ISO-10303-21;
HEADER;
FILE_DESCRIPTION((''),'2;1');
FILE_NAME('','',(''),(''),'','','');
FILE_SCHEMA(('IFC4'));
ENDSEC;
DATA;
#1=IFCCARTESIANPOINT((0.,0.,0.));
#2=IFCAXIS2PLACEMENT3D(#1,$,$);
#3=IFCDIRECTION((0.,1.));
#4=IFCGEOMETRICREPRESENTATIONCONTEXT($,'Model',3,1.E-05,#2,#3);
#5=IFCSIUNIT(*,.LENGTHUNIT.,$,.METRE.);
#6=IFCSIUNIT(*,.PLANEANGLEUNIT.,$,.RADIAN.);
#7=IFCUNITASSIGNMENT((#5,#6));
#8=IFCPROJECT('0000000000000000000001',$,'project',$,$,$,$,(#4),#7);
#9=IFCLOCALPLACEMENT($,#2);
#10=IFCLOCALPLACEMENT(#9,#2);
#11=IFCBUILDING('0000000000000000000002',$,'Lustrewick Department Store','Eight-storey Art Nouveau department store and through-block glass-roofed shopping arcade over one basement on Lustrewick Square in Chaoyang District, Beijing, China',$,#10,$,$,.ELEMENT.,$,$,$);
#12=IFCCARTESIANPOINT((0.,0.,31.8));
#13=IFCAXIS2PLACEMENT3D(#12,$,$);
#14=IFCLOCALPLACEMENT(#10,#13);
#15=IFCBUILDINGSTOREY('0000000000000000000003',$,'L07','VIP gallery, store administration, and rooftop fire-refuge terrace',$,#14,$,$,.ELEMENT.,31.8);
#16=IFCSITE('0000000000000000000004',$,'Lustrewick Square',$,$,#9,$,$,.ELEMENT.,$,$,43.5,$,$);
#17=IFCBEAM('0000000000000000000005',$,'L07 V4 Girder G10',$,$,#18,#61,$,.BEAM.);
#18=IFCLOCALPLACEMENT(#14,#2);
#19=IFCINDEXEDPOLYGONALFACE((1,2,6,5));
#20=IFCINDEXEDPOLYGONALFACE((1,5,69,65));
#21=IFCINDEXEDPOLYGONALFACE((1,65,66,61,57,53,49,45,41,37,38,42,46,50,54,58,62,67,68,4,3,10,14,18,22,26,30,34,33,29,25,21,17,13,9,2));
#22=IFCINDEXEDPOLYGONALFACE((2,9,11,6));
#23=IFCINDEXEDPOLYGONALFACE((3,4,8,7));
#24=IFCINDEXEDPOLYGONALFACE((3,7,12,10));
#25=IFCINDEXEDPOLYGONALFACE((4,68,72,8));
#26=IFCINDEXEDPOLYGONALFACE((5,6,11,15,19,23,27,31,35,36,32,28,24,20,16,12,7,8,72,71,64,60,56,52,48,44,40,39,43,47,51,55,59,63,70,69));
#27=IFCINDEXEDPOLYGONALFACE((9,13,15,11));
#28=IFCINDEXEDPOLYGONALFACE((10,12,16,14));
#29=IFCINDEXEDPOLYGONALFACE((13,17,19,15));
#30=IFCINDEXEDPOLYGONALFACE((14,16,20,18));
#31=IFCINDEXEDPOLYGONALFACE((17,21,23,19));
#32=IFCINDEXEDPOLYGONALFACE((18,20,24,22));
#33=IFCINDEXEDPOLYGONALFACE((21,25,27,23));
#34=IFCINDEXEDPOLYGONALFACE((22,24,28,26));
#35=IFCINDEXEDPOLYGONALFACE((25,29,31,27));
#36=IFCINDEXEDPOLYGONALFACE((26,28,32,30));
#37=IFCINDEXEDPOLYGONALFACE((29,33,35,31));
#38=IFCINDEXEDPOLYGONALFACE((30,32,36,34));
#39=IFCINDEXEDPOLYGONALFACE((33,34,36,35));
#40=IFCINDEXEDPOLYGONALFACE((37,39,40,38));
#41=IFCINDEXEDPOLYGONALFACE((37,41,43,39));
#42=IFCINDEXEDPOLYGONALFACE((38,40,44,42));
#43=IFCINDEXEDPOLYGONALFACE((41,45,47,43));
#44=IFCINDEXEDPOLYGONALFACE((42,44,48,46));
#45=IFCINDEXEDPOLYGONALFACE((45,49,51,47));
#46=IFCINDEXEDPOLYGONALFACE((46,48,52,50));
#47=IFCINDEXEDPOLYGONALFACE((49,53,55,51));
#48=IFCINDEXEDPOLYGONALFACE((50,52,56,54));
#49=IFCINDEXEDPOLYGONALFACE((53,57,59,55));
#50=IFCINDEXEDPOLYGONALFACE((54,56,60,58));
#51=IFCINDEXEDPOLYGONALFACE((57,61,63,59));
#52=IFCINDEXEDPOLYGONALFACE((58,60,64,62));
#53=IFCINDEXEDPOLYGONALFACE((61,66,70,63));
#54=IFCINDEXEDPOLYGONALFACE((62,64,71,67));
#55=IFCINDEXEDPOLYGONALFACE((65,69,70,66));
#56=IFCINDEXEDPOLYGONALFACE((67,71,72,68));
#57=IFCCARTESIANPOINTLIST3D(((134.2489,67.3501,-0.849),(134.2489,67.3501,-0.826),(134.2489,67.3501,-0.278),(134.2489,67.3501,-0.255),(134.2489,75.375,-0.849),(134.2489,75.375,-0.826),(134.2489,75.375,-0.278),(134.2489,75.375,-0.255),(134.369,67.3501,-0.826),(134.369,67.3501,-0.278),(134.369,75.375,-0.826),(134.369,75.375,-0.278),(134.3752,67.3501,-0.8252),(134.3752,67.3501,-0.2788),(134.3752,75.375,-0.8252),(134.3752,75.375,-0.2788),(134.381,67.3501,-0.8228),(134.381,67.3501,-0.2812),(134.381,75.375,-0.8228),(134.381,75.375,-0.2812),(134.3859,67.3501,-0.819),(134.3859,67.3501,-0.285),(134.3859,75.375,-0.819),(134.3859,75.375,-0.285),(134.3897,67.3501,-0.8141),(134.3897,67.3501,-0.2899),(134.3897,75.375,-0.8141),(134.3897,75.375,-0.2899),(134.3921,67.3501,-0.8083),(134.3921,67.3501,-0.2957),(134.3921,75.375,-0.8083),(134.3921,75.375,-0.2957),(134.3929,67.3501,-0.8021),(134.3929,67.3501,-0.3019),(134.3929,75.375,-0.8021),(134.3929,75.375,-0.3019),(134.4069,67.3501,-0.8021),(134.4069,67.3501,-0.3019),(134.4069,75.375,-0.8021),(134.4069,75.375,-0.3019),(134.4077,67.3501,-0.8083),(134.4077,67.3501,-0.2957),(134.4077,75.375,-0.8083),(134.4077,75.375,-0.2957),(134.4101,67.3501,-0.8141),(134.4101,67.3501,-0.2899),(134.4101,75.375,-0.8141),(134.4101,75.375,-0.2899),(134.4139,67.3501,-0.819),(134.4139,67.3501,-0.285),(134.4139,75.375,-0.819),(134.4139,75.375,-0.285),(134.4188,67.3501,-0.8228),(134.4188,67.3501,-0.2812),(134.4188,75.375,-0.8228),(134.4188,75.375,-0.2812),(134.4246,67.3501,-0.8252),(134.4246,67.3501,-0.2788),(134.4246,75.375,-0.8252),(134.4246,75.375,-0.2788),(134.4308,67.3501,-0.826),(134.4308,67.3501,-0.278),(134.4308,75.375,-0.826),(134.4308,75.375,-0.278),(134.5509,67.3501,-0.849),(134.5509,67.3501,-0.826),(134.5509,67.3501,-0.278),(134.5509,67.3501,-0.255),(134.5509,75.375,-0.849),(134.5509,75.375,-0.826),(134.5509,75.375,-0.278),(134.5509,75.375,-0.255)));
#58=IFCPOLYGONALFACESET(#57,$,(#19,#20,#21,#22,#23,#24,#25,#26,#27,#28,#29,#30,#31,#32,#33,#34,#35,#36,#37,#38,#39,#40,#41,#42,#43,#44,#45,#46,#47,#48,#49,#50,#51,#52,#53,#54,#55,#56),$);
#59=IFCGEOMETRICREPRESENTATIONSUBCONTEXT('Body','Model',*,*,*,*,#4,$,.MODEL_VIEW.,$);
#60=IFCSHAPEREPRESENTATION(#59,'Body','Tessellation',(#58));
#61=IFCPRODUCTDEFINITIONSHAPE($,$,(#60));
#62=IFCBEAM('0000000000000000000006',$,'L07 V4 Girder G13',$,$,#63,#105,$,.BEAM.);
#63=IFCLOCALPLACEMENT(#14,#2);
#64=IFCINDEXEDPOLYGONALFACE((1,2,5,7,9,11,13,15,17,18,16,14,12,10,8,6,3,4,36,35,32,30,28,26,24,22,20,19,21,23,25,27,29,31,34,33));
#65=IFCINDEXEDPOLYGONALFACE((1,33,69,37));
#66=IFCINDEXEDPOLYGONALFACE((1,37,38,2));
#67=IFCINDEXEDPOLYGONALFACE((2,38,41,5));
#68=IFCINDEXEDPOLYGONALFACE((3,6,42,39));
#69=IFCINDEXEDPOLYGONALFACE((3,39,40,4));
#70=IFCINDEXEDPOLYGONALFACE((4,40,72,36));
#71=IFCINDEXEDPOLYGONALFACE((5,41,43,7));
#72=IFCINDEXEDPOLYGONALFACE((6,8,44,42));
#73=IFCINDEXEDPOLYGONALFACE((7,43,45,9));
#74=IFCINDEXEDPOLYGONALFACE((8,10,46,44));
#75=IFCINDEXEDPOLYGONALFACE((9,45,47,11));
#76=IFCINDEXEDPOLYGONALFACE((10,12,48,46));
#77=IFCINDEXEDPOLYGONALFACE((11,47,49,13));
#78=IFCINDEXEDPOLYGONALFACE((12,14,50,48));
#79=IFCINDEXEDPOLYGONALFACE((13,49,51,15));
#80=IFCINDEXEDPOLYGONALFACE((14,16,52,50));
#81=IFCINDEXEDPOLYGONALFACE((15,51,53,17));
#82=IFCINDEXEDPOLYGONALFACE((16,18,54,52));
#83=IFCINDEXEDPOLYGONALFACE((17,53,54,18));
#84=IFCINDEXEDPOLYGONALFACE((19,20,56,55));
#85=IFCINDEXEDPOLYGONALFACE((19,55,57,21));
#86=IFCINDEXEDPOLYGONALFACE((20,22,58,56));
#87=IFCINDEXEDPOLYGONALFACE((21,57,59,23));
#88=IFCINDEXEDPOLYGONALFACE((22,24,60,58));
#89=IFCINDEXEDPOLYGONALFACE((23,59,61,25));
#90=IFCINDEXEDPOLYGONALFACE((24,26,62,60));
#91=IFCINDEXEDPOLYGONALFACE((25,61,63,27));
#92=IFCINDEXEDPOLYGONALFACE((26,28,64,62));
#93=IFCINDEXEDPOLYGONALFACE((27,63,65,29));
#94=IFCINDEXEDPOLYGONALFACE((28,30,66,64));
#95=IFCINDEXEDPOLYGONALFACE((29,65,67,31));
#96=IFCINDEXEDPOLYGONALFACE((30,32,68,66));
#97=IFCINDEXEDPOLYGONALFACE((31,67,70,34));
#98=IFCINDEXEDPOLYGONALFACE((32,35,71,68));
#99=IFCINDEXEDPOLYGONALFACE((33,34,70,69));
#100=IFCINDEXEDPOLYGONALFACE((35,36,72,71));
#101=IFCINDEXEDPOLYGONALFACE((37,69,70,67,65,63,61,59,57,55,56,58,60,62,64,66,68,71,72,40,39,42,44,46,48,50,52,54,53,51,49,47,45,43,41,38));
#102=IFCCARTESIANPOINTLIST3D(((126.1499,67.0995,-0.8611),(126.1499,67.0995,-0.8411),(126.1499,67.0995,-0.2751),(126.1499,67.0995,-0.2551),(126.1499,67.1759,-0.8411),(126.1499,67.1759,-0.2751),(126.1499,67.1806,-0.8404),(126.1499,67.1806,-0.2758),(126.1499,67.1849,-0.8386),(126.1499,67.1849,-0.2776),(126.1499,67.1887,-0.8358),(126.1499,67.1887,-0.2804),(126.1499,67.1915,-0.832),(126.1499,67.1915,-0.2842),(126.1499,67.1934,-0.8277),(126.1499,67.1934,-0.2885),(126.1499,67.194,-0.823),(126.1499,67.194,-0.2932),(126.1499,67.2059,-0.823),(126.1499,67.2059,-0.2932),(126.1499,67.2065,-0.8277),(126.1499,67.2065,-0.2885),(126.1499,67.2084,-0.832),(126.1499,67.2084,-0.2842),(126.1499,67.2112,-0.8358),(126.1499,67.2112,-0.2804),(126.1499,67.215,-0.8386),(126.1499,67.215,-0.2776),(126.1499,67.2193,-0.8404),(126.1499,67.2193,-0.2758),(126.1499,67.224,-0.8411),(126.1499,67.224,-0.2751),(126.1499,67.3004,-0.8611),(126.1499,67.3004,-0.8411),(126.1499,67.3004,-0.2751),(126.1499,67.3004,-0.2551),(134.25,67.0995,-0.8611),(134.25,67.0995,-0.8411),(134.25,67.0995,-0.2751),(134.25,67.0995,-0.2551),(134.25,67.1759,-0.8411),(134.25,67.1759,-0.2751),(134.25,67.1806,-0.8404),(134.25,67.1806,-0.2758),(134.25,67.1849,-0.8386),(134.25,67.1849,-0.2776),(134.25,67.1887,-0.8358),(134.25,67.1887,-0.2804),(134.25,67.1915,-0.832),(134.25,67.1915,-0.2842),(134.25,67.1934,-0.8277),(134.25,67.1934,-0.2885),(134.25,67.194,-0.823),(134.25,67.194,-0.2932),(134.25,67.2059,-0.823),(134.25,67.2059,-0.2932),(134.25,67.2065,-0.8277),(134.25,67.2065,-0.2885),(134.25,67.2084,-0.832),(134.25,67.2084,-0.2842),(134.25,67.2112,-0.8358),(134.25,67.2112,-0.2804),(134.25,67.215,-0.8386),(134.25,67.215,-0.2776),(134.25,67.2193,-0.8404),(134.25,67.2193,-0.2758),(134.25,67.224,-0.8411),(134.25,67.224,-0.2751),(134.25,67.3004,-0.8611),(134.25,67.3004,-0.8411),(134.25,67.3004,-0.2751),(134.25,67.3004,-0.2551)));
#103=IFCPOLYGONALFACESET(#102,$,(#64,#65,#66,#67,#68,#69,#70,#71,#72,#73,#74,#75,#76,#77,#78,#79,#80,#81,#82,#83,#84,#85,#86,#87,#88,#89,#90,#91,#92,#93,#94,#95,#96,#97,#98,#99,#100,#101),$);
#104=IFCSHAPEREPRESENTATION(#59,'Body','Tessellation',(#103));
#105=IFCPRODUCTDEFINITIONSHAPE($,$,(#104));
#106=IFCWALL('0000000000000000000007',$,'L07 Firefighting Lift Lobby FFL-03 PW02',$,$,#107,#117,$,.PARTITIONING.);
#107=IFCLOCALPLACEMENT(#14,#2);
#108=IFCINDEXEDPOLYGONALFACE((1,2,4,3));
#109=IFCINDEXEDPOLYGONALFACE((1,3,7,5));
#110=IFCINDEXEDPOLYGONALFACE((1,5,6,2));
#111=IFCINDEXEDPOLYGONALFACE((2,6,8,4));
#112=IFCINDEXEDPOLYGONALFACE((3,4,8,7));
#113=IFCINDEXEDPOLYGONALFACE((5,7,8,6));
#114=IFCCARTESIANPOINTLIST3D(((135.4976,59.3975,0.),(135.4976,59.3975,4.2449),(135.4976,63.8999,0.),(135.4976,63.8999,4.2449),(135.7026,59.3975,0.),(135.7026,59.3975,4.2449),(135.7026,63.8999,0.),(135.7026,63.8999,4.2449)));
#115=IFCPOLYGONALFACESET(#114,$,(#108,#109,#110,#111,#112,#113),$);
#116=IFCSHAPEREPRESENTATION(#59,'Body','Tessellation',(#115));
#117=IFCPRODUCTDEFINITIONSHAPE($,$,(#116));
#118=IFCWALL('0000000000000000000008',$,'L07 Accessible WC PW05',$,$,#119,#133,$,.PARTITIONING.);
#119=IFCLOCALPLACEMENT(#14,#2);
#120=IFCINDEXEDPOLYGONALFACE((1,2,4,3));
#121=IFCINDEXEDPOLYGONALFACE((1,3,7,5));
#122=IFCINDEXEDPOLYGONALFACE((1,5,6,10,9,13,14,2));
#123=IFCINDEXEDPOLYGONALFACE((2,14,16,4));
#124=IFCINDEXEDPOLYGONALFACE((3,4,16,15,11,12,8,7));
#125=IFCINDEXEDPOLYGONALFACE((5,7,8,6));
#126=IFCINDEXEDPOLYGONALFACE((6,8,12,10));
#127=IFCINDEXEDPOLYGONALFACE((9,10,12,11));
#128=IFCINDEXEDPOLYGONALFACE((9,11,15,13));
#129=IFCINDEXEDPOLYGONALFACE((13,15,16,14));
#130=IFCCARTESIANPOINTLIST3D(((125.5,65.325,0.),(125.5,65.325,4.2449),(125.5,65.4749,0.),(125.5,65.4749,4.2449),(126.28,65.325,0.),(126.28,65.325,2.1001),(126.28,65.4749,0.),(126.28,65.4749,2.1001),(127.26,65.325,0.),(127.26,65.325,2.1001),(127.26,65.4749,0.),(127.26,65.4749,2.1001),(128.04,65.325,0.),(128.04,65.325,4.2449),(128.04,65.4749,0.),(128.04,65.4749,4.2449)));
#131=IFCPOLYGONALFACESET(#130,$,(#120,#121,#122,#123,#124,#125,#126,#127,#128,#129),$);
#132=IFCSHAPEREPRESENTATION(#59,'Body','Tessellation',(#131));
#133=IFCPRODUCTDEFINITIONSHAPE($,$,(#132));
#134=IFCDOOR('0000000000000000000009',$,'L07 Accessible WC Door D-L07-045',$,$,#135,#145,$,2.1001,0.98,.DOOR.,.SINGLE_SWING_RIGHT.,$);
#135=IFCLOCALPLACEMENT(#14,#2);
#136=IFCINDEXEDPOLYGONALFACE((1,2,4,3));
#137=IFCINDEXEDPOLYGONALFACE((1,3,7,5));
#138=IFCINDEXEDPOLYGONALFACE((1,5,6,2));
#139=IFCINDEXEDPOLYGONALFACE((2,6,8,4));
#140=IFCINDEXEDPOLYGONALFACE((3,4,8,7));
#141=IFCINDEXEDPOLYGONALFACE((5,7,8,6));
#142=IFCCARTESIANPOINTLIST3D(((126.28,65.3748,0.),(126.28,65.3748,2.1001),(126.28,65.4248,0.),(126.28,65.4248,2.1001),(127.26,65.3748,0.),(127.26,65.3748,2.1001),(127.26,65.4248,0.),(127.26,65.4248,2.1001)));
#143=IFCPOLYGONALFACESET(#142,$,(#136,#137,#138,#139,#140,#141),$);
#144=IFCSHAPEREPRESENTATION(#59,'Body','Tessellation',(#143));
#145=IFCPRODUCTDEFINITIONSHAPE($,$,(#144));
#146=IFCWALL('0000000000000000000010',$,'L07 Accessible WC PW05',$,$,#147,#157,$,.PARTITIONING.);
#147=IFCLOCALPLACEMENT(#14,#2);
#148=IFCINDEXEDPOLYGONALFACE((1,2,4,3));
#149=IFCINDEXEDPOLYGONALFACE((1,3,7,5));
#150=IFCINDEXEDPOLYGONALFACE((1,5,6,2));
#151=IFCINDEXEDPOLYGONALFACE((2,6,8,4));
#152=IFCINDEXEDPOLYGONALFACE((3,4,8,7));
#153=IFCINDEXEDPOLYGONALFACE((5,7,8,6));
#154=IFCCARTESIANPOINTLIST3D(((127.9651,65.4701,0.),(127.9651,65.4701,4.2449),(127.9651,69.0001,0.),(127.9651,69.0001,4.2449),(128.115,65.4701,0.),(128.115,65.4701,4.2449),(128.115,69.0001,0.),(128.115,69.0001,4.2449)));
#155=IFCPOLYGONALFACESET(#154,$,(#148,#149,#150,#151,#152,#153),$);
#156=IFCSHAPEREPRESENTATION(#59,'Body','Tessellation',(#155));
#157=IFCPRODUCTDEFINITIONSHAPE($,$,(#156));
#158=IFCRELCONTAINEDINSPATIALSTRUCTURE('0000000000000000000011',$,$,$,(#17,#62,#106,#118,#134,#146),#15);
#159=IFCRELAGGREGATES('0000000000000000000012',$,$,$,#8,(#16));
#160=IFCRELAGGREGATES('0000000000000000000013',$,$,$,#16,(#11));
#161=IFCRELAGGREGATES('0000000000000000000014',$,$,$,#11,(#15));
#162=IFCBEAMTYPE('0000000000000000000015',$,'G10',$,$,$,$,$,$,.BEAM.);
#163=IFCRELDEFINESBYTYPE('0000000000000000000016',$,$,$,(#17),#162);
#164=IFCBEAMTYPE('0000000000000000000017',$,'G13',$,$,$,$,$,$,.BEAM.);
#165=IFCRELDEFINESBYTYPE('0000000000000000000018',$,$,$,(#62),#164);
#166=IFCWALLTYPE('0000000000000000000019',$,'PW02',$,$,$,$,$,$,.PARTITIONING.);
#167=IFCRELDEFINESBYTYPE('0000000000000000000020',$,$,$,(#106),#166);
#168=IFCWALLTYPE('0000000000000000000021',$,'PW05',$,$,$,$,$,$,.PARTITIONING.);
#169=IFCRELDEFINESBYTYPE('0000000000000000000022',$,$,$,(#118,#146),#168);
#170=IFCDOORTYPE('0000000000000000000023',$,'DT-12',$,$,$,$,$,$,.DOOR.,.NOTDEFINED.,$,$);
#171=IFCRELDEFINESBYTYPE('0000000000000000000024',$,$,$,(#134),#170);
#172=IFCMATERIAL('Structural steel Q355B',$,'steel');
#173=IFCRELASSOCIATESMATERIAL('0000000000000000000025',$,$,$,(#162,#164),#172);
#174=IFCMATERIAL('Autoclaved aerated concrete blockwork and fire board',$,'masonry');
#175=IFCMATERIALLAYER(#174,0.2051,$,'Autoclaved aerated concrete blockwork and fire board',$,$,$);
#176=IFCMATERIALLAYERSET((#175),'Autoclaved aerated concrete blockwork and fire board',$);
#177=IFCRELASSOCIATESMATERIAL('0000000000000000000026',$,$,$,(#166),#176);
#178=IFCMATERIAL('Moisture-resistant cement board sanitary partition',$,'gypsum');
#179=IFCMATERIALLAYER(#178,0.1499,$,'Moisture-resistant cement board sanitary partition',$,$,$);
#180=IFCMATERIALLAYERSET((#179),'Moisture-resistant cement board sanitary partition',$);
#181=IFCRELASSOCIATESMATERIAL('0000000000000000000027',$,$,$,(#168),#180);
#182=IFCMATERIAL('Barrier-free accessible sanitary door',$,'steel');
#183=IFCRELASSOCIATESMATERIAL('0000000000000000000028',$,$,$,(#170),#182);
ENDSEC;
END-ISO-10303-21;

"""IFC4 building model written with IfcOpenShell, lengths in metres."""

from ifc_helpers import new_model, si_unit, direction, frame, frame_2d, origin, origin_2d, place, context, subcontext, project, spatial, rectangle, i_section, extrude, material, layer, layer_set, material_profile, profile_set, type_object, element, fill, save


model = new_model("IFC4")

# Units and contexts
model_context = context("Model", 3, precision=1e-05, world=origin(), true_north=direction((0.0, 1.0)))
body_context = subcontext(model_context, "Body", "Model", "MODEL_VIEW")
ifc_project = project(units=[si_unit("LENGTHUNIT", "METRE"), si_unit("PLANEANGLEUNIT", "RADIAN")], contexts=[model_context])

# Site, building, storey
site_placement = place(None, origin())
site = spatial("IfcSite", under=ifc_project, at=site_placement, Name="Lustrewick Square", CompositionType="ELEMENT", RefElevation=43.5)
building_placement = place(site_placement, origin())
building = spatial("IfcBuilding", under=site, at=building_placement, Name="Lustrewick Department Store", Description="Eight-storey Art Nouveau department store and through-block glass-roofed shopping arcade over one basement on Lustrewick Square in Chaoyang District, Beijing, China", CompositionType="ELEMENT")
storey_placement = place(building_placement, frame((0.0, 0.0, 31.8)))
storey = spatial("IfcBuildingStorey", under=building, at=storey_placement, Name="L07", Description="VIP gallery, store administration, and rooftop fire-refuge terrace", CompositionType="ELEMENT", Elevation=31.8)

# Shared definitions
ifc_material_1 = material(Name="Structural steel Q355B", Category="steel")

# Beams
ifc_material_profile_1 = material_profile(ifc_material_1, i_section(OverallWidth=0.302, OverallDepth=0.594, WebThickness=0.0139, FlangeThickness=0.0229, FilletRadius=0.0239, at=origin_2d()), Name="HM 594x302x14x23")
ifc_profile_set_1 = profile_set([ifc_material_profile_1], Name="Structural steel Q355B")
beam_type_1 = type_object("IfcBeamType", Name="G10", PredefinedType="BEAM", material=ifc_profile_set_1)
beam_1_placement = place(storey_placement, frame((134.3999, 67.3501, -0.552), z_axis=(0.0, 1.0, 0.0), x_axis=(-1.0, 0.0, 0.0)))
element("IfcBeam", 1, at=beam_1_placement, inside=storey, type_object=beam_type_1, Name="L07 V4 Girder G10", PredefinedType="BEAM", context=body_context, shape_type="SweptSolid", body=[
    extrude(i_section(OverallWidth=0.302, OverallDepth=0.594, WebThickness=0.0139, FlangeThickness=0.0229, FilletRadius=0.0239, at=origin_2d()), origin(), (0.0, 0.0, 1.0), 8.0249),
])
ifc_material_profile_2 = material_profile(ifc_material_1, i_section(OverallWidth=0.2009, OverallDepth=0.606, WebThickness=0.012, FlangeThickness=0.02, FilletRadius=0.0181, at=origin_2d()), Name="HN 606x201x12x20")
ifc_profile_set_2 = profile_set([ifc_material_profile_2], Name="Structural steel Q355B")
beam_type_2 = type_object("IfcBeamType", Name="G13", PredefinedType="BEAM", material=ifc_profile_set_2)
beam_2_placement = place(storey_placement, frame((126.1499, 67.2, -0.5581), z_axis=(1.0, 0.0, 0.0), x_axis=(0.0, 1.0, 0.0)))
element("IfcBeam", 2, at=beam_2_placement, inside=storey, type_object=beam_type_2, Name="L07 V4 Girder G13", PredefinedType="BEAM", context=body_context, shape_type="SweptSolid", body=[
    extrude(i_section(OverallWidth=0.2009, OverallDepth=0.606, WebThickness=0.012, FlangeThickness=0.02, FilletRadius=0.0181, at=origin_2d()), origin(), (0.0, 0.0, 1.0), 8.1001),
])

# Shared definitions
ifc_material_2 = material(Name="Autoclaved aerated concrete blockwork and fire board", Category="masonry")
ifc_layer_1 = layer(ifc_material_2, 0.2051, Name="Autoclaved aerated concrete blockwork and fire board")
ifc_layer_set_1 = layer_set([ifc_layer_1], Name="Autoclaved aerated concrete blockwork and fire board")
wall_type_1 = type_object("IfcWallType", Name="PW02", PredefinedType="PARTITIONING", material=ifc_layer_set_1)

# Wall
wall_1_placement = place(storey_placement, frame((135.6001, 63.8999, 0.0), z_axis=(0.0, 0.0, 1.0), x_axis=(0.0, -1.0, 0.0)))
element("IfcWall", 3, at=wall_1_placement, inside=storey, type_object=wall_type_1, Name="L07 Firefighting Lift Lobby FFL-03 PW02", PredefinedType="PARTITIONING", context=body_context, shape_type="SweptSolid", body=[
    extrude(rectangle(XDim=4.5024, YDim=0.2051, at=frame_2d((2.2512, 0.0))), origin(), (0.0, 0.0, 1.0), 4.2449),
])

# Wall, opening, door
ifc_material_3 = material(Name="Moisture-resistant cement board sanitary partition", Category="gypsum")
ifc_layer_2 = layer(ifc_material_3, 0.1499, Name="Moisture-resistant cement board sanitary partition")
ifc_layer_set_2 = layer_set([ifc_layer_2], Name="Moisture-resistant cement board sanitary partition")
wall_type_2 = type_object("IfcWallType", Name="PW05", PredefinedType="PARTITIONING", material=ifc_layer_set_2)
wall_2_placement = place(storey_placement, frame((125.5, 65.3999, 0.0), z_axis=(0.0, 0.0, 1.0), x_axis=(1.0, 0.0, 0.0)))
wall_2 = element("IfcWall", 4, at=wall_2_placement, inside=storey, type_object=wall_type_2, Name="L07 Accessible WC PW05", PredefinedType="PARTITIONING", context=body_context, shape_type="SweptSolid", body=[
    extrude(rectangle(XDim=2.54, YDim=0.1499, at=frame_2d((1.27, 0.0))), origin(), (0.0, 0.0, 1.0), 4.2449),
])
opening_1_placement = place(wall_2_placement, frame((0.78, 0.0, 0.0)))
opening_1 = element("IfcOpeningElement", 5, at=opening_1_placement, cuts=wall_2, PredefinedType="OPENING", context=body_context, shape_type="SweptSolid", body=[
    extrude(rectangle(XDim=0.98, YDim=2.1001, at=frame_2d((0.49, 1.05))), frame((0.0, 0.085, 0.0), z_axis=(0.0, -1.0, 0.0), x_axis=(1.0, 0.0, 0.0)), (0.0, 0.0, 1.0), 0.1699),
])
ifc_material_4 = material(Name="Barrier-free accessible sanitary door", Category="steel")
door_type_1 = type_object("IfcDoorType", Name="DT-12", OperationType="NOTDEFINED", PredefinedType="DOOR", material=ifc_material_4)
door_1_placement = place(opening_1_placement, origin())
door_1 = element("IfcDoor", 6, at=door_1_placement, inside=storey, type_object=door_type_1, Name="L07 Accessible WC Door D-L07-045", OperationType="SINGLE_SWING_RIGHT", OverallHeight=2.1001, OverallWidth=0.98, PredefinedType="DOOR", context=body_context, shape_type="SweptSolid", body=[
    extrude(rectangle(XDim=0.98, YDim=2.1001, at=frame_2d((0.49, 1.05))), frame((0.0, 0.0249, 0.0), z_axis=(0.0, -1.0, 0.0), x_axis=(1.0, 0.0, 0.0)), (0.0, 0.0, 1.0), 0.05),
])
fill(opening_1, door_1)

# Wall
wall_3_placement = place(storey_placement, frame((128.04, 65.47, 0.0), z_axis=(0.0, 0.0, 1.0), x_axis=(0.0, 1.0, 0.0)))
element("IfcWall", 7, at=wall_3_placement, inside=storey, type_object=wall_type_2, Name="L07 Accessible WC PW05", PredefinedType="PARTITIONING", context=body_context, shape_type="SweptSolid", body=[
    extrude(rectangle(XDim=3.53, YDim=0.1499, at=frame_2d((1.7651, 0.0))), origin(), (0.0, 0.0, 1.0), 4.2449),
])

save(model, "model.ifc")
